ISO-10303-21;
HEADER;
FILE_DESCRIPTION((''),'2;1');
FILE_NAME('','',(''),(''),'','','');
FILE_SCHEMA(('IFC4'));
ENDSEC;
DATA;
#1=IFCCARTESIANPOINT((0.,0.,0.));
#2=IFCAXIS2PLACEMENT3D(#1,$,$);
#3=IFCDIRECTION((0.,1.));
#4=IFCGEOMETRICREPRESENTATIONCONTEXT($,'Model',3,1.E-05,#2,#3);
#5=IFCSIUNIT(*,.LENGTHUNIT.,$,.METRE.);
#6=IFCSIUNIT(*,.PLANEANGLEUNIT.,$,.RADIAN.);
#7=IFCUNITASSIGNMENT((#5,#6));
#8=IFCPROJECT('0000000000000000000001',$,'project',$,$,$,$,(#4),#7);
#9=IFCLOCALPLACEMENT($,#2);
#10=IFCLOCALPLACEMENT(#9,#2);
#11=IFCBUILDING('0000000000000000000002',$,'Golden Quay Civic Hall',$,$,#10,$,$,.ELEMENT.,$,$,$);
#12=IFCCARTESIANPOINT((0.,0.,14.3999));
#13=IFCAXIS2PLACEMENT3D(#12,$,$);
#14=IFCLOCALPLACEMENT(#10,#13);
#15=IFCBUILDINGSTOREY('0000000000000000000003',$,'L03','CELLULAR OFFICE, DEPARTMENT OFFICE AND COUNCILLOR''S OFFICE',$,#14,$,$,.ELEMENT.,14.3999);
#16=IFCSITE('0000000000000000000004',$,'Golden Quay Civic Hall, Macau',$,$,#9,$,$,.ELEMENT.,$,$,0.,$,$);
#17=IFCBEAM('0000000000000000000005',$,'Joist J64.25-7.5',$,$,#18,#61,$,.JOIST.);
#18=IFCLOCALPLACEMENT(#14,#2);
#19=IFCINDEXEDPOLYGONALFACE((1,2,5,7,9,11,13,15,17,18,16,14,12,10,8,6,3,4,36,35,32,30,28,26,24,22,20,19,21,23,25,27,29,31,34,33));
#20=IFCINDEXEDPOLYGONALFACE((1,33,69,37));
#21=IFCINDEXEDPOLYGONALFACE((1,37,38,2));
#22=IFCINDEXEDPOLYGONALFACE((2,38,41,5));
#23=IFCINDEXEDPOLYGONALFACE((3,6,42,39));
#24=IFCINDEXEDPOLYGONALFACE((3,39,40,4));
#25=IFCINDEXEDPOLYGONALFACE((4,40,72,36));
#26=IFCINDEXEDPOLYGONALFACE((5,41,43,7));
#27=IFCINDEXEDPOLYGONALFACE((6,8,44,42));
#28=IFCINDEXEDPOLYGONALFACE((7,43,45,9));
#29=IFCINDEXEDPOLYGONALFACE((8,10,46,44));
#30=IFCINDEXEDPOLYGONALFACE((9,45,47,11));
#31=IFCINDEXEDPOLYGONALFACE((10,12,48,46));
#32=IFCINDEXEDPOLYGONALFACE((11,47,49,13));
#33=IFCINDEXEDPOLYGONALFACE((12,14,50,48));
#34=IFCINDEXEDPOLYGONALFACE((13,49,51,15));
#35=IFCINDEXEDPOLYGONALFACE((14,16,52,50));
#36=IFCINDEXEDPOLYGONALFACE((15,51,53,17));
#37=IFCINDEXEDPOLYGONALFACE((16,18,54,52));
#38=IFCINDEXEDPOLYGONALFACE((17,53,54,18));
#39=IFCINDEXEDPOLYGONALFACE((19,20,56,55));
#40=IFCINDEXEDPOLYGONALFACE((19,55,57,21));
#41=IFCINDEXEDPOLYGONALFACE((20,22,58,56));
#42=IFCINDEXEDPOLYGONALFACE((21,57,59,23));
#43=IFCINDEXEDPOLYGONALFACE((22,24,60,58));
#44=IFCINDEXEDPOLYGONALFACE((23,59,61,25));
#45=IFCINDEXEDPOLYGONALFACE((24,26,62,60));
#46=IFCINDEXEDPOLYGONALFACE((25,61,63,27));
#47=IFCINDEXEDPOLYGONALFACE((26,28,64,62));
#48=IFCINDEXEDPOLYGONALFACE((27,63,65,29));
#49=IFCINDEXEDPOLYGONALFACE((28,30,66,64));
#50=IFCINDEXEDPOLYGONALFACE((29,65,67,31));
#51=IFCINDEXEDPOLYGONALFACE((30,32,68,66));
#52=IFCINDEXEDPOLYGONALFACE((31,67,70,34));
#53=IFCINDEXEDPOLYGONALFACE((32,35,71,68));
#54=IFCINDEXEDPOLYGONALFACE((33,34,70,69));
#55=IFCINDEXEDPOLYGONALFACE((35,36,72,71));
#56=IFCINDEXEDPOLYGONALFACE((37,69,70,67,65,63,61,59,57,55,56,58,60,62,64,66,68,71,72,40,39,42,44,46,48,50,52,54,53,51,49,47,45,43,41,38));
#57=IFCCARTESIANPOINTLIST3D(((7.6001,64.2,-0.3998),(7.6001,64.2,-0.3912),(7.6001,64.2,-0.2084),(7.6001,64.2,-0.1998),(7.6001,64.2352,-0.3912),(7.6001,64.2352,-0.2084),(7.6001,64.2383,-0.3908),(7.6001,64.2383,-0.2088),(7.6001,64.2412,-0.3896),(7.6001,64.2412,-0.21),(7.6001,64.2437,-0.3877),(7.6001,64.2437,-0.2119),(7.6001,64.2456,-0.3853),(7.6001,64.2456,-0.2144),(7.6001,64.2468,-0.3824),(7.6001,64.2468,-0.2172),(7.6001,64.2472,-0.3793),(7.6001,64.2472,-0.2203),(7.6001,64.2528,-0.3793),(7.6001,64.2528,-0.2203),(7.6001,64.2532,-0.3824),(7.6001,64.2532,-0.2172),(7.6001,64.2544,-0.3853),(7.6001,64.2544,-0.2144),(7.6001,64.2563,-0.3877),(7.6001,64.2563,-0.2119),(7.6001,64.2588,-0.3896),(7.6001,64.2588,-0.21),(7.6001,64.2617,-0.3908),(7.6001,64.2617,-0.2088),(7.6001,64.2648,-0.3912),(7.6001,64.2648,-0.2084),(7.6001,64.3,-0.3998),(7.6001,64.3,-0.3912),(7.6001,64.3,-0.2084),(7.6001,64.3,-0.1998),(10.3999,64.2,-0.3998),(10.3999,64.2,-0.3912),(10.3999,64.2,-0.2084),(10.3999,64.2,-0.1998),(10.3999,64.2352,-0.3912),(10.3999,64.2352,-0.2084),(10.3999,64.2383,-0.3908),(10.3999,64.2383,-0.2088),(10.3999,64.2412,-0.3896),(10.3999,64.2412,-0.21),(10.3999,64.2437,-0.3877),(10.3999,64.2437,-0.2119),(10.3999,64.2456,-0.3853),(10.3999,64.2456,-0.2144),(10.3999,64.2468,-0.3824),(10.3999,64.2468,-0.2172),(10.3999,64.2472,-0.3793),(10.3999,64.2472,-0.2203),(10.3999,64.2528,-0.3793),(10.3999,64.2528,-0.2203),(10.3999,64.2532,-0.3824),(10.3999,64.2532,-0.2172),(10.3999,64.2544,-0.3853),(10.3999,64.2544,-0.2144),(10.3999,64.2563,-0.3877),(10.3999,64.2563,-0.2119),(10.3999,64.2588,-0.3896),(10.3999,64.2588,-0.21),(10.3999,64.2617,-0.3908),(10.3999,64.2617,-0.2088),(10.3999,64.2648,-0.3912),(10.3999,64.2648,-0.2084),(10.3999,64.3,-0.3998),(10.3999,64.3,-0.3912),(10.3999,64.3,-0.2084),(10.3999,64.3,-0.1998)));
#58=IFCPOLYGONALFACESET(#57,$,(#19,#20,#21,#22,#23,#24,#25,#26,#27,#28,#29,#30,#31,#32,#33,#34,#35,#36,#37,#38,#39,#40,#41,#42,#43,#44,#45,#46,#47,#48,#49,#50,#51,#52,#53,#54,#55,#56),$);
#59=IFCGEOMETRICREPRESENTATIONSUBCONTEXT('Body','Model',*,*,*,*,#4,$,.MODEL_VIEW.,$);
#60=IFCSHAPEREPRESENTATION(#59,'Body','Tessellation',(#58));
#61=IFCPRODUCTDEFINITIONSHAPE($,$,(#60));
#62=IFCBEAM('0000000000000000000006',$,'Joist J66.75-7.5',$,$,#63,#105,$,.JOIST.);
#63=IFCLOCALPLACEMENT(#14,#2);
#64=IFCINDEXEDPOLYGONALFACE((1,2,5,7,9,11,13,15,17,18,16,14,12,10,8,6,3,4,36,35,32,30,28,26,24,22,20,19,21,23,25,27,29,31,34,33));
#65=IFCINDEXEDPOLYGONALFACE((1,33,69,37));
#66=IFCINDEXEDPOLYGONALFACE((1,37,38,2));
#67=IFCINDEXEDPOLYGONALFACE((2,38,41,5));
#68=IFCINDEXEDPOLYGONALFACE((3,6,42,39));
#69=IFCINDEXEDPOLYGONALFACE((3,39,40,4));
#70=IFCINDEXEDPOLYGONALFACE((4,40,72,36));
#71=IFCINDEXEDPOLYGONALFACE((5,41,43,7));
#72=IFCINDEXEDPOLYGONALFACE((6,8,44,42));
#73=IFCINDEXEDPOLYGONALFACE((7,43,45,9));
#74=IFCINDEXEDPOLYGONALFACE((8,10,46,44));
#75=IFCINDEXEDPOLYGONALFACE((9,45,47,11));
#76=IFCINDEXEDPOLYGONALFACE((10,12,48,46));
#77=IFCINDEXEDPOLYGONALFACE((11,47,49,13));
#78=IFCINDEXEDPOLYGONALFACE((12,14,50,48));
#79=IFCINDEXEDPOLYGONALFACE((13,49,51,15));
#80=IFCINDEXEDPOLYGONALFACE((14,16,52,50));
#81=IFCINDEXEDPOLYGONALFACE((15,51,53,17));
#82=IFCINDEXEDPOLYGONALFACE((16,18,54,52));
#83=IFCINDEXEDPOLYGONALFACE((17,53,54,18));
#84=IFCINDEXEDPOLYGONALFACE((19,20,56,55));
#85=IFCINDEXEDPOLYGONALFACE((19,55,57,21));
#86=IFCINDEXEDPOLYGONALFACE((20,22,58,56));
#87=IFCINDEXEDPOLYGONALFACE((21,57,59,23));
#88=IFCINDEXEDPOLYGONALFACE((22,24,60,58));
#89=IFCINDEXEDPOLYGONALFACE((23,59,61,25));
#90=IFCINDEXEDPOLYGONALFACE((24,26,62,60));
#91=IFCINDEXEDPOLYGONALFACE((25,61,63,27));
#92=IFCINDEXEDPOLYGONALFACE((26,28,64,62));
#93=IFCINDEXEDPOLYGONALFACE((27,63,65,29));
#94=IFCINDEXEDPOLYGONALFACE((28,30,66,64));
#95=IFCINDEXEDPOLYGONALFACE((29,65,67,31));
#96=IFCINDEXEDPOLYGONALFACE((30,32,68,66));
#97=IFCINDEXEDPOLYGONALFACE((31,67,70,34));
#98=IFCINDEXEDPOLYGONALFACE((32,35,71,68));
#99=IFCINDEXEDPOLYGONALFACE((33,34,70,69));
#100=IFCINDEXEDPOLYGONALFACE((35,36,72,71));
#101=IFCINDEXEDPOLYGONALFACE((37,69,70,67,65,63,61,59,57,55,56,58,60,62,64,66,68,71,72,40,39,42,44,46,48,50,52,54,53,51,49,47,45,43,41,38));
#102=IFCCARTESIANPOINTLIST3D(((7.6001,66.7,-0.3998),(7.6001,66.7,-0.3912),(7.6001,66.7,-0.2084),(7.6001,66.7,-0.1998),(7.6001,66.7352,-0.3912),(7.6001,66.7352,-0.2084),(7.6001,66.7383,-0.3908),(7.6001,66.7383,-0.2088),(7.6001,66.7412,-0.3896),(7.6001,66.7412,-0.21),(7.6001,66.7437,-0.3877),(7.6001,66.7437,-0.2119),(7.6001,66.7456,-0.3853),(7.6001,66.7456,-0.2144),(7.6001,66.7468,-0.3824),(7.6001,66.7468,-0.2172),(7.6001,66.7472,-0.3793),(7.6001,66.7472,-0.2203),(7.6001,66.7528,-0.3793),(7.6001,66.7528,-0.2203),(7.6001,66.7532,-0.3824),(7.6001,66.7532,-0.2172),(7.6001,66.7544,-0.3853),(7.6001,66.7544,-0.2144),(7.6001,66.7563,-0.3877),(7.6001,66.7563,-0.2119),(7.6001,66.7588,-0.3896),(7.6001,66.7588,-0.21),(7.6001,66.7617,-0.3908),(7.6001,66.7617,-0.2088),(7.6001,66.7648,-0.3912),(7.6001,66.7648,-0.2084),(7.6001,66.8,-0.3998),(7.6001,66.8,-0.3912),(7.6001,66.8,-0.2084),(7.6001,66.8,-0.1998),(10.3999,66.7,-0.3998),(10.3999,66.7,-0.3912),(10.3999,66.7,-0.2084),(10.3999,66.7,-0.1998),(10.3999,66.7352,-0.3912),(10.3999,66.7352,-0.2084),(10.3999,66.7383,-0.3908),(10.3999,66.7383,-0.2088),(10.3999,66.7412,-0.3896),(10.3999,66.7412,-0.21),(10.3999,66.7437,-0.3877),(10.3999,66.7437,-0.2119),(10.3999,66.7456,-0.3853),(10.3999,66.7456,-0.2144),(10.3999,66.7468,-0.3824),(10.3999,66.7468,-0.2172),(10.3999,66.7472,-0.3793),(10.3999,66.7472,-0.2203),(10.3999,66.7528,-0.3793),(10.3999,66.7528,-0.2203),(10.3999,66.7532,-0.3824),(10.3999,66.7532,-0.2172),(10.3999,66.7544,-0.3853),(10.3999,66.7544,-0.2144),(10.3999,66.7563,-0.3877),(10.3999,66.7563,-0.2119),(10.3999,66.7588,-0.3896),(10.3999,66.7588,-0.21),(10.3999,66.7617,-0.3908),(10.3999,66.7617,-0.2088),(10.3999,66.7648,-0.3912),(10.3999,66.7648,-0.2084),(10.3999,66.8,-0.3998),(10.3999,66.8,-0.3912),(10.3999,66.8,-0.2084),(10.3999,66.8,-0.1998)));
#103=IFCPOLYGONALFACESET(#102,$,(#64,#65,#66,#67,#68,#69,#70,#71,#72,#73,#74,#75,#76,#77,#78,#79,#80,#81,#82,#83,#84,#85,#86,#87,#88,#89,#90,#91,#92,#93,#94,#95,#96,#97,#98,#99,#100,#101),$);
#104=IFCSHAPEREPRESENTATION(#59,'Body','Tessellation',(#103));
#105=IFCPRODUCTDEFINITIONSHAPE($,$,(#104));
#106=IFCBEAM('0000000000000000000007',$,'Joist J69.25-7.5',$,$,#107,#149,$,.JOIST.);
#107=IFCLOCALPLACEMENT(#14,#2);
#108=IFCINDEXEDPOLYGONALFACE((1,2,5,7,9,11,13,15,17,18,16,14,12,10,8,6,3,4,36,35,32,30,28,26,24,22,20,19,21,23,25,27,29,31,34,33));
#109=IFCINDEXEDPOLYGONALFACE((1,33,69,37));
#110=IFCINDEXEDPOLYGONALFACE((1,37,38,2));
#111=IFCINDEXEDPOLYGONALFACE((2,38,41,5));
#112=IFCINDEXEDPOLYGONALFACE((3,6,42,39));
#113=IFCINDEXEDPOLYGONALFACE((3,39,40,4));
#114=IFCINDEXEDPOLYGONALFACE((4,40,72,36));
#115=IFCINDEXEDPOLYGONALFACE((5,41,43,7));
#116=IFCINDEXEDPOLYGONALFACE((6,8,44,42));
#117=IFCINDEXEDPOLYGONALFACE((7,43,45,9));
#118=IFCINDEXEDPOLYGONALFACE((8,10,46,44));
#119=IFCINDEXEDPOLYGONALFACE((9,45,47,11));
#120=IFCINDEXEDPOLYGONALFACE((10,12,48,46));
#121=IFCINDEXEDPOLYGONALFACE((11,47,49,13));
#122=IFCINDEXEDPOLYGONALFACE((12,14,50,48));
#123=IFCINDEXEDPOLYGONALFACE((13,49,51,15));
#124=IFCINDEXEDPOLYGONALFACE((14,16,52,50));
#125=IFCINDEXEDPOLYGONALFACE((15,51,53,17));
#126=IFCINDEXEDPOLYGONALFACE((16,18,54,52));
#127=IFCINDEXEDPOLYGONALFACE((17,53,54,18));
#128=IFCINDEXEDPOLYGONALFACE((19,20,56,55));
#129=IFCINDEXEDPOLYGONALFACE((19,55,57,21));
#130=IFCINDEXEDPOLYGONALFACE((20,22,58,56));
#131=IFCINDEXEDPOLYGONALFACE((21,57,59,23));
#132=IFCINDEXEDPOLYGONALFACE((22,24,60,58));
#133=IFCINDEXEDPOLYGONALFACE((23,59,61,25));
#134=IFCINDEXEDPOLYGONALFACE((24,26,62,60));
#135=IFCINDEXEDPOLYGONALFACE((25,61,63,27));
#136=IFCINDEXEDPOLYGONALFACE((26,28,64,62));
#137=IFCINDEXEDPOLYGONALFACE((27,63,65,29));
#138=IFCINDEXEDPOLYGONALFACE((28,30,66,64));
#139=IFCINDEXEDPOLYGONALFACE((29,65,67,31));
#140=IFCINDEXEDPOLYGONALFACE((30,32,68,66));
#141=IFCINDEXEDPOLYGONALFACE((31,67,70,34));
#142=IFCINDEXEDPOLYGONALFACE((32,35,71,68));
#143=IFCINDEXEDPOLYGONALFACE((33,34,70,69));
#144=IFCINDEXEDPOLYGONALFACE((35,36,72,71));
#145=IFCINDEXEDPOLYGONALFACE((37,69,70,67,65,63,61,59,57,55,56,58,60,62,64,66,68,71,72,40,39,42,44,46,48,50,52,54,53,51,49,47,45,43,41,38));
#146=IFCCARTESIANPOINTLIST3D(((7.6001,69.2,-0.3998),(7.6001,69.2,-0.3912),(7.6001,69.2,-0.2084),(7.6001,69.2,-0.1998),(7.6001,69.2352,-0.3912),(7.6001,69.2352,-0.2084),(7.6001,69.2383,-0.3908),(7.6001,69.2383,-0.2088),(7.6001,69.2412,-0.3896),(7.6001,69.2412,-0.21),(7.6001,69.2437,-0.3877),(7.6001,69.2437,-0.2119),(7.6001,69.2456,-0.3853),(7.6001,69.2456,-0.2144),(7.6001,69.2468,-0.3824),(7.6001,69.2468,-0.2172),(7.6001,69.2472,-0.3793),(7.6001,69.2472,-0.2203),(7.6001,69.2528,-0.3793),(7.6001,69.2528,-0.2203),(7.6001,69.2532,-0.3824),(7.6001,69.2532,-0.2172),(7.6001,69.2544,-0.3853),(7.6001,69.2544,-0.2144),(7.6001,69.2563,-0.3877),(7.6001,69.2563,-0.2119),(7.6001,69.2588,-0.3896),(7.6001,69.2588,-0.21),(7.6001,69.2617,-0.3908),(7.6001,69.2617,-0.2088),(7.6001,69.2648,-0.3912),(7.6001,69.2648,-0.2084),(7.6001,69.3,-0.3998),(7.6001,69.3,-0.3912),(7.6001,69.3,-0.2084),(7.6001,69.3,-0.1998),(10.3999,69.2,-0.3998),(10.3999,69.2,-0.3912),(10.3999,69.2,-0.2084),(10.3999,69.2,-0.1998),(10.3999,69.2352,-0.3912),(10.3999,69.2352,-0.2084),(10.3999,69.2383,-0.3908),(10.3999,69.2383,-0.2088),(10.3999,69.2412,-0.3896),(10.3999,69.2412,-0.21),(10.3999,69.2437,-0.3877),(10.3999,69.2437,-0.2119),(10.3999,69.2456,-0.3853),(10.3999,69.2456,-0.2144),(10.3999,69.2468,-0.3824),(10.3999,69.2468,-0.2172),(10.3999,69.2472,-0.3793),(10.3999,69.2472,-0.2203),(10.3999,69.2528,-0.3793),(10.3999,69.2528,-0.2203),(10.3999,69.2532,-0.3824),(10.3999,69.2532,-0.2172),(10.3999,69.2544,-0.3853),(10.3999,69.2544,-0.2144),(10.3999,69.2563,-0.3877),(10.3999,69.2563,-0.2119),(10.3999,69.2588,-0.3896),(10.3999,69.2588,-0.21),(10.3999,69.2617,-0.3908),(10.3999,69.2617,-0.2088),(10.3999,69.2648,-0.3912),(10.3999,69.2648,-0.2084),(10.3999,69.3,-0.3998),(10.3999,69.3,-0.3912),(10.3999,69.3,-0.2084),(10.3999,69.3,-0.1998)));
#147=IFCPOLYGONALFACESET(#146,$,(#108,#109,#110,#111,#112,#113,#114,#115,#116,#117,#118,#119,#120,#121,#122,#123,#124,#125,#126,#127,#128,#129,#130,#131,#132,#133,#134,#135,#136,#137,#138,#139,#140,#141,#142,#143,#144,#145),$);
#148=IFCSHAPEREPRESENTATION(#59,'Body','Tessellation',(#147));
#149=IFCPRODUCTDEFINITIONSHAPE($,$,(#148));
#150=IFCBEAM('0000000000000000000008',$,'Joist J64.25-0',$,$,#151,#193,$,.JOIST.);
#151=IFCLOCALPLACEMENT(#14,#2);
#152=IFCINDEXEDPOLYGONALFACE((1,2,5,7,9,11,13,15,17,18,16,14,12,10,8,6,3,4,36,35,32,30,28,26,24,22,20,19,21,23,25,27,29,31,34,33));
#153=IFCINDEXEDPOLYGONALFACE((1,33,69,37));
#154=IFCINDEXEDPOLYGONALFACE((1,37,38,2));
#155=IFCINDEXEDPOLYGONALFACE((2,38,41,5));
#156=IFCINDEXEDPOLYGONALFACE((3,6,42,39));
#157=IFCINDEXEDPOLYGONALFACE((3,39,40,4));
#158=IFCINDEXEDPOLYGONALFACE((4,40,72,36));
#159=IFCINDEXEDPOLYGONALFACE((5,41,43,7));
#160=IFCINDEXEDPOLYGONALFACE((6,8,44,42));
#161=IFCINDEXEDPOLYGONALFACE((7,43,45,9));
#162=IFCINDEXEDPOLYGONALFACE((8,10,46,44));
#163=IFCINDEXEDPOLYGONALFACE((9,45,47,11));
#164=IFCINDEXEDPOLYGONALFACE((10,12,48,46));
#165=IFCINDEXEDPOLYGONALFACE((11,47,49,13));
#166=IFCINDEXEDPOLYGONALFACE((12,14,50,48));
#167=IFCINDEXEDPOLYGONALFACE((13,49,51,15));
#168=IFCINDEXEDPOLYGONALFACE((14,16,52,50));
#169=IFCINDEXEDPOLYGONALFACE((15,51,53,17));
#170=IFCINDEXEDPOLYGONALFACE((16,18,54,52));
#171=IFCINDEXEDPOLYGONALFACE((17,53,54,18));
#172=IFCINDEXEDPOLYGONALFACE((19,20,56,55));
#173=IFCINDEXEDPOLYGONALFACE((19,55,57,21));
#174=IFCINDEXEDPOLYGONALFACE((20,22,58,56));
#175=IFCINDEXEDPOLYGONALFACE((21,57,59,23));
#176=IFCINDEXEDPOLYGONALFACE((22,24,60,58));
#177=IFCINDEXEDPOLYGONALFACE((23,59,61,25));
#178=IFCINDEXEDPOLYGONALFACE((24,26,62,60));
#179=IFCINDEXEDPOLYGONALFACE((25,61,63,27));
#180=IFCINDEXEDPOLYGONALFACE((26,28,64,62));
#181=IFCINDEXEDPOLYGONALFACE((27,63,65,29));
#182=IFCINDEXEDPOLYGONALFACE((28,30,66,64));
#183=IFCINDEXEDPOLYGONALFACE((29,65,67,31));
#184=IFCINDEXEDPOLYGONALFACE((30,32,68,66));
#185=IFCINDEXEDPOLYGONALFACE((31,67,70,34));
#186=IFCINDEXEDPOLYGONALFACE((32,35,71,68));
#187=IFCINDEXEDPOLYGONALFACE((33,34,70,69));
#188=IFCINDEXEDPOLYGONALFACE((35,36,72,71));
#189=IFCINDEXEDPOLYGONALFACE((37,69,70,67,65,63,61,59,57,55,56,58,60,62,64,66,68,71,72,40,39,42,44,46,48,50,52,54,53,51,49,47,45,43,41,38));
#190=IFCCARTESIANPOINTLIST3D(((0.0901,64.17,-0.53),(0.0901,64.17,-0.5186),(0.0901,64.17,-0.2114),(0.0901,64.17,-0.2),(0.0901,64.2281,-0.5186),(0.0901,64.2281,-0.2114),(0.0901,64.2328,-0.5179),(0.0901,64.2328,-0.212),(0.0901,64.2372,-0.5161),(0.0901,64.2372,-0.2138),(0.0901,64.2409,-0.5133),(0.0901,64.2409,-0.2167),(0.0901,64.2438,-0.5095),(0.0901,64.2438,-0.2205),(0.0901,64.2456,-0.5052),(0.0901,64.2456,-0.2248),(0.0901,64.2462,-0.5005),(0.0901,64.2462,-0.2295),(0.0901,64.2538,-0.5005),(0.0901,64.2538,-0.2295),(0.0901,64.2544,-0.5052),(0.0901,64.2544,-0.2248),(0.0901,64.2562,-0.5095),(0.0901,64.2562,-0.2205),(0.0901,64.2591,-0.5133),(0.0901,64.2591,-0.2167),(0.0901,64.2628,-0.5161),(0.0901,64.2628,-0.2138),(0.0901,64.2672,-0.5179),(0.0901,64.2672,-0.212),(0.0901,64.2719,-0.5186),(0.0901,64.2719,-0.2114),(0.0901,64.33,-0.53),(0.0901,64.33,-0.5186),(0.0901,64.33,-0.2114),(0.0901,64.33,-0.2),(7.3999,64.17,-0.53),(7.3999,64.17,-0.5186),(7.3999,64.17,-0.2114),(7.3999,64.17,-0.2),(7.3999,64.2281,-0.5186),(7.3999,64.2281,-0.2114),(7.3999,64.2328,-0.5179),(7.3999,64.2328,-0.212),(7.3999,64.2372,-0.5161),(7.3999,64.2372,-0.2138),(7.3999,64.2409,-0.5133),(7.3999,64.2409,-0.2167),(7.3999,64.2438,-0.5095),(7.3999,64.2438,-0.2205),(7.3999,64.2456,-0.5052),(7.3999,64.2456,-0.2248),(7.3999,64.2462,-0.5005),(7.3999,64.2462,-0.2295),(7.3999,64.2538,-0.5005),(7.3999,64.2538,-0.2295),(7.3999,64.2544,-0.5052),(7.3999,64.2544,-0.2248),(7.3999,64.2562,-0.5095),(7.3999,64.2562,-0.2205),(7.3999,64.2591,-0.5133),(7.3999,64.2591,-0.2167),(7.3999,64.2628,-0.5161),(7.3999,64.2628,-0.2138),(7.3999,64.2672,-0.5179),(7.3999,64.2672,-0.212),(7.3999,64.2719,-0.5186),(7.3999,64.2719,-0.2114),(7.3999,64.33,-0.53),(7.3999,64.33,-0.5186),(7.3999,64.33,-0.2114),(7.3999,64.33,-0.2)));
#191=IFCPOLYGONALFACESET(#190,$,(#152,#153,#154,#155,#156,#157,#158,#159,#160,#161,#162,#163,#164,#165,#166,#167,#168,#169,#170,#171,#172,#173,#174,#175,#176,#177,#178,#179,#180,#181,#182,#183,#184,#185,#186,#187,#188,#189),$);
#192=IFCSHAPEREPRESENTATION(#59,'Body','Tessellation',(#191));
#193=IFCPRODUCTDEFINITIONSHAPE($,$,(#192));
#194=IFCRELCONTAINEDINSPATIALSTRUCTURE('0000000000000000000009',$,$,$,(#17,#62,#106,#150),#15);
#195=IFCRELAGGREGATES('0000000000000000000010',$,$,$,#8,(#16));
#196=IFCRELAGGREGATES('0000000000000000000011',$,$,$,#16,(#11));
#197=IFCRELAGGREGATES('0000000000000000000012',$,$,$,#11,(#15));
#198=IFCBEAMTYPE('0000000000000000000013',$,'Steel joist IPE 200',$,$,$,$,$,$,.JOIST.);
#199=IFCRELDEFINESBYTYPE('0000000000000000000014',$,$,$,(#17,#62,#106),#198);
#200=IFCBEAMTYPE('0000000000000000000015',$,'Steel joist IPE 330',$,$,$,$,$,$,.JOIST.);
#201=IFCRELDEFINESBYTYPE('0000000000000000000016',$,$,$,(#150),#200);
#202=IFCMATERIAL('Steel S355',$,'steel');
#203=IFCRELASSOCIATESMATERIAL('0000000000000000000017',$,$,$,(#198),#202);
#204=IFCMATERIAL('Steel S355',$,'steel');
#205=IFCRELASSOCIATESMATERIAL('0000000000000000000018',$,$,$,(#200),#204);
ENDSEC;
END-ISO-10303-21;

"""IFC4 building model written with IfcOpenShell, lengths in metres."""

from ifc_helpers import new_model, si_unit, direction, frame, origin, origin_2d, place, context, subcontext, project, spatial, i_section, extrude, material, material_profile, profile_set, type_object, element, save


model = new_model("IFC4")

# Units and contexts
model_context = context("Model", 3, precision=1e-05, world=origin(), true_north=direction((0.0, 1.0)))
body_context = subcontext(model_context, "Body", "Model", "MODEL_VIEW")
ifc_project = project(units=[si_unit("LENGTHUNIT", "METRE"), si_unit("PLANEANGLEUNIT", "RADIAN")], contexts=[model_context])

# Site, building, storey
site_placement = place(None, origin())
site = spatial("IfcSite", under=ifc_project, at=site_placement, Name="Golden Quay Civic Hall, Macau", CompositionType="ELEMENT", RefElevation=0.0)
building_placement = place(site_placement, origin())
building = spatial("IfcBuilding", under=site, at=building_placement, Name="Golden Quay Civic Hall", CompositionType="ELEMENT")
storey_placement = place(building_placement, frame((0.0, 0.0, 14.3999)))
storey = spatial("IfcBuildingStorey", under=building, at=storey_placement, Name="L03", Description="CELLULAR OFFICE, DEPARTMENT OFFICE AND COUNCILLOR'S OFFICE", CompositionType="ELEMENT", Elevation=14.3999)

# Beams
ifc_material_1 = material(Name="Steel S355", Category="steel")
ifc_material_profile_1 = material_profile(ifc_material_1, i_section(OverallWidth=0.1001, OverallDepth=0.2, WebThickness=0.0056, FlangeThickness=0.0085, FilletRadius=0.012, at=origin_2d()), Name="IPE 200")
ifc_profile_set_1 = profile_set([ifc_material_profile_1], Name="Steel S355")
beam_type_1 = type_object("IfcBeamType", Name="Steel joist IPE 200", PredefinedType="JOIST", material=ifc_profile_set_1)
for number, where, z_axis, x_axis, name in (
    (1, (7.6001, 64.25, -0.2998), (1.0, 0.0, 0.0), (0.0, 1.0, 0.0), "Joist J64.25-7.5"),
    (2, (7.6001, 66.75, -0.2998), (1.0, 0.0, 0.0), (0.0, 1.0, 0.0), "Joist J66.75-7.5"),
    (3, (7.6001, 69.25, -0.2998), (1.0, 0.0, 0.0), (0.0, 1.0, 0.0), "Joist J69.25-7.5"),
):
    element("IfcBeam", number, at=place(storey_placement, frame(where, z_axis=z_axis, x_axis=x_axis)), inside=storey, type_object=beam_type_1, Name=name, PredefinedType="JOIST", context=body_context, shape_type="SweptSolid", body=[
        extrude(i_section(OverallWidth=0.1001, OverallDepth=0.2, WebThickness=0.0056, FlangeThickness=0.0085, FilletRadius=0.012, at=origin_2d()), origin(), (0.0, 0.0, 1.0), 2.7998),
    ])
ifc_material_2 = material(Name="Steel S355", Category="steel")
ifc_material_profile_2 = material_profile(ifc_material_2, i_section(OverallWidth=0.1599, OverallDepth=0.3301, WebThickness=0.0076, FlangeThickness=0.0115, FilletRadius=0.0181, at=origin_2d()), Name="IPE 330")
ifc_profile_set_2 = profile_set([ifc_material_profile_2], Name="Steel S355")
beam_type_2 = type_object("IfcBeamType", Name="Steel joist IPE 330", PredefinedType="JOIST", material=ifc_profile_set_2)
for number, where, z_axis, x_axis, name in (
    (4, (0.0901, 64.25, -0.365), (1.0, 0.0, 0.0), (0.0, 1.0, 0.0), "Joist J64.25-0"),
):
    element("IfcBeam", number, at=place(storey_placement, frame(where, z_axis=z_axis, x_axis=x_axis)), inside=storey, type_object=beam_type_2, Name=name, PredefinedType="JOIST", context=body_context, shape_type="SweptSolid", body=[
        extrude(i_section(OverallWidth=0.1599, OverallDepth=0.3301, WebThickness=0.0076, FlangeThickness=0.0115, FilletRadius=0.0181, at=origin_2d()), origin(), (0.0, 0.0, 1.0), 7.3098),
    ])

save(model, "model.ifc")
